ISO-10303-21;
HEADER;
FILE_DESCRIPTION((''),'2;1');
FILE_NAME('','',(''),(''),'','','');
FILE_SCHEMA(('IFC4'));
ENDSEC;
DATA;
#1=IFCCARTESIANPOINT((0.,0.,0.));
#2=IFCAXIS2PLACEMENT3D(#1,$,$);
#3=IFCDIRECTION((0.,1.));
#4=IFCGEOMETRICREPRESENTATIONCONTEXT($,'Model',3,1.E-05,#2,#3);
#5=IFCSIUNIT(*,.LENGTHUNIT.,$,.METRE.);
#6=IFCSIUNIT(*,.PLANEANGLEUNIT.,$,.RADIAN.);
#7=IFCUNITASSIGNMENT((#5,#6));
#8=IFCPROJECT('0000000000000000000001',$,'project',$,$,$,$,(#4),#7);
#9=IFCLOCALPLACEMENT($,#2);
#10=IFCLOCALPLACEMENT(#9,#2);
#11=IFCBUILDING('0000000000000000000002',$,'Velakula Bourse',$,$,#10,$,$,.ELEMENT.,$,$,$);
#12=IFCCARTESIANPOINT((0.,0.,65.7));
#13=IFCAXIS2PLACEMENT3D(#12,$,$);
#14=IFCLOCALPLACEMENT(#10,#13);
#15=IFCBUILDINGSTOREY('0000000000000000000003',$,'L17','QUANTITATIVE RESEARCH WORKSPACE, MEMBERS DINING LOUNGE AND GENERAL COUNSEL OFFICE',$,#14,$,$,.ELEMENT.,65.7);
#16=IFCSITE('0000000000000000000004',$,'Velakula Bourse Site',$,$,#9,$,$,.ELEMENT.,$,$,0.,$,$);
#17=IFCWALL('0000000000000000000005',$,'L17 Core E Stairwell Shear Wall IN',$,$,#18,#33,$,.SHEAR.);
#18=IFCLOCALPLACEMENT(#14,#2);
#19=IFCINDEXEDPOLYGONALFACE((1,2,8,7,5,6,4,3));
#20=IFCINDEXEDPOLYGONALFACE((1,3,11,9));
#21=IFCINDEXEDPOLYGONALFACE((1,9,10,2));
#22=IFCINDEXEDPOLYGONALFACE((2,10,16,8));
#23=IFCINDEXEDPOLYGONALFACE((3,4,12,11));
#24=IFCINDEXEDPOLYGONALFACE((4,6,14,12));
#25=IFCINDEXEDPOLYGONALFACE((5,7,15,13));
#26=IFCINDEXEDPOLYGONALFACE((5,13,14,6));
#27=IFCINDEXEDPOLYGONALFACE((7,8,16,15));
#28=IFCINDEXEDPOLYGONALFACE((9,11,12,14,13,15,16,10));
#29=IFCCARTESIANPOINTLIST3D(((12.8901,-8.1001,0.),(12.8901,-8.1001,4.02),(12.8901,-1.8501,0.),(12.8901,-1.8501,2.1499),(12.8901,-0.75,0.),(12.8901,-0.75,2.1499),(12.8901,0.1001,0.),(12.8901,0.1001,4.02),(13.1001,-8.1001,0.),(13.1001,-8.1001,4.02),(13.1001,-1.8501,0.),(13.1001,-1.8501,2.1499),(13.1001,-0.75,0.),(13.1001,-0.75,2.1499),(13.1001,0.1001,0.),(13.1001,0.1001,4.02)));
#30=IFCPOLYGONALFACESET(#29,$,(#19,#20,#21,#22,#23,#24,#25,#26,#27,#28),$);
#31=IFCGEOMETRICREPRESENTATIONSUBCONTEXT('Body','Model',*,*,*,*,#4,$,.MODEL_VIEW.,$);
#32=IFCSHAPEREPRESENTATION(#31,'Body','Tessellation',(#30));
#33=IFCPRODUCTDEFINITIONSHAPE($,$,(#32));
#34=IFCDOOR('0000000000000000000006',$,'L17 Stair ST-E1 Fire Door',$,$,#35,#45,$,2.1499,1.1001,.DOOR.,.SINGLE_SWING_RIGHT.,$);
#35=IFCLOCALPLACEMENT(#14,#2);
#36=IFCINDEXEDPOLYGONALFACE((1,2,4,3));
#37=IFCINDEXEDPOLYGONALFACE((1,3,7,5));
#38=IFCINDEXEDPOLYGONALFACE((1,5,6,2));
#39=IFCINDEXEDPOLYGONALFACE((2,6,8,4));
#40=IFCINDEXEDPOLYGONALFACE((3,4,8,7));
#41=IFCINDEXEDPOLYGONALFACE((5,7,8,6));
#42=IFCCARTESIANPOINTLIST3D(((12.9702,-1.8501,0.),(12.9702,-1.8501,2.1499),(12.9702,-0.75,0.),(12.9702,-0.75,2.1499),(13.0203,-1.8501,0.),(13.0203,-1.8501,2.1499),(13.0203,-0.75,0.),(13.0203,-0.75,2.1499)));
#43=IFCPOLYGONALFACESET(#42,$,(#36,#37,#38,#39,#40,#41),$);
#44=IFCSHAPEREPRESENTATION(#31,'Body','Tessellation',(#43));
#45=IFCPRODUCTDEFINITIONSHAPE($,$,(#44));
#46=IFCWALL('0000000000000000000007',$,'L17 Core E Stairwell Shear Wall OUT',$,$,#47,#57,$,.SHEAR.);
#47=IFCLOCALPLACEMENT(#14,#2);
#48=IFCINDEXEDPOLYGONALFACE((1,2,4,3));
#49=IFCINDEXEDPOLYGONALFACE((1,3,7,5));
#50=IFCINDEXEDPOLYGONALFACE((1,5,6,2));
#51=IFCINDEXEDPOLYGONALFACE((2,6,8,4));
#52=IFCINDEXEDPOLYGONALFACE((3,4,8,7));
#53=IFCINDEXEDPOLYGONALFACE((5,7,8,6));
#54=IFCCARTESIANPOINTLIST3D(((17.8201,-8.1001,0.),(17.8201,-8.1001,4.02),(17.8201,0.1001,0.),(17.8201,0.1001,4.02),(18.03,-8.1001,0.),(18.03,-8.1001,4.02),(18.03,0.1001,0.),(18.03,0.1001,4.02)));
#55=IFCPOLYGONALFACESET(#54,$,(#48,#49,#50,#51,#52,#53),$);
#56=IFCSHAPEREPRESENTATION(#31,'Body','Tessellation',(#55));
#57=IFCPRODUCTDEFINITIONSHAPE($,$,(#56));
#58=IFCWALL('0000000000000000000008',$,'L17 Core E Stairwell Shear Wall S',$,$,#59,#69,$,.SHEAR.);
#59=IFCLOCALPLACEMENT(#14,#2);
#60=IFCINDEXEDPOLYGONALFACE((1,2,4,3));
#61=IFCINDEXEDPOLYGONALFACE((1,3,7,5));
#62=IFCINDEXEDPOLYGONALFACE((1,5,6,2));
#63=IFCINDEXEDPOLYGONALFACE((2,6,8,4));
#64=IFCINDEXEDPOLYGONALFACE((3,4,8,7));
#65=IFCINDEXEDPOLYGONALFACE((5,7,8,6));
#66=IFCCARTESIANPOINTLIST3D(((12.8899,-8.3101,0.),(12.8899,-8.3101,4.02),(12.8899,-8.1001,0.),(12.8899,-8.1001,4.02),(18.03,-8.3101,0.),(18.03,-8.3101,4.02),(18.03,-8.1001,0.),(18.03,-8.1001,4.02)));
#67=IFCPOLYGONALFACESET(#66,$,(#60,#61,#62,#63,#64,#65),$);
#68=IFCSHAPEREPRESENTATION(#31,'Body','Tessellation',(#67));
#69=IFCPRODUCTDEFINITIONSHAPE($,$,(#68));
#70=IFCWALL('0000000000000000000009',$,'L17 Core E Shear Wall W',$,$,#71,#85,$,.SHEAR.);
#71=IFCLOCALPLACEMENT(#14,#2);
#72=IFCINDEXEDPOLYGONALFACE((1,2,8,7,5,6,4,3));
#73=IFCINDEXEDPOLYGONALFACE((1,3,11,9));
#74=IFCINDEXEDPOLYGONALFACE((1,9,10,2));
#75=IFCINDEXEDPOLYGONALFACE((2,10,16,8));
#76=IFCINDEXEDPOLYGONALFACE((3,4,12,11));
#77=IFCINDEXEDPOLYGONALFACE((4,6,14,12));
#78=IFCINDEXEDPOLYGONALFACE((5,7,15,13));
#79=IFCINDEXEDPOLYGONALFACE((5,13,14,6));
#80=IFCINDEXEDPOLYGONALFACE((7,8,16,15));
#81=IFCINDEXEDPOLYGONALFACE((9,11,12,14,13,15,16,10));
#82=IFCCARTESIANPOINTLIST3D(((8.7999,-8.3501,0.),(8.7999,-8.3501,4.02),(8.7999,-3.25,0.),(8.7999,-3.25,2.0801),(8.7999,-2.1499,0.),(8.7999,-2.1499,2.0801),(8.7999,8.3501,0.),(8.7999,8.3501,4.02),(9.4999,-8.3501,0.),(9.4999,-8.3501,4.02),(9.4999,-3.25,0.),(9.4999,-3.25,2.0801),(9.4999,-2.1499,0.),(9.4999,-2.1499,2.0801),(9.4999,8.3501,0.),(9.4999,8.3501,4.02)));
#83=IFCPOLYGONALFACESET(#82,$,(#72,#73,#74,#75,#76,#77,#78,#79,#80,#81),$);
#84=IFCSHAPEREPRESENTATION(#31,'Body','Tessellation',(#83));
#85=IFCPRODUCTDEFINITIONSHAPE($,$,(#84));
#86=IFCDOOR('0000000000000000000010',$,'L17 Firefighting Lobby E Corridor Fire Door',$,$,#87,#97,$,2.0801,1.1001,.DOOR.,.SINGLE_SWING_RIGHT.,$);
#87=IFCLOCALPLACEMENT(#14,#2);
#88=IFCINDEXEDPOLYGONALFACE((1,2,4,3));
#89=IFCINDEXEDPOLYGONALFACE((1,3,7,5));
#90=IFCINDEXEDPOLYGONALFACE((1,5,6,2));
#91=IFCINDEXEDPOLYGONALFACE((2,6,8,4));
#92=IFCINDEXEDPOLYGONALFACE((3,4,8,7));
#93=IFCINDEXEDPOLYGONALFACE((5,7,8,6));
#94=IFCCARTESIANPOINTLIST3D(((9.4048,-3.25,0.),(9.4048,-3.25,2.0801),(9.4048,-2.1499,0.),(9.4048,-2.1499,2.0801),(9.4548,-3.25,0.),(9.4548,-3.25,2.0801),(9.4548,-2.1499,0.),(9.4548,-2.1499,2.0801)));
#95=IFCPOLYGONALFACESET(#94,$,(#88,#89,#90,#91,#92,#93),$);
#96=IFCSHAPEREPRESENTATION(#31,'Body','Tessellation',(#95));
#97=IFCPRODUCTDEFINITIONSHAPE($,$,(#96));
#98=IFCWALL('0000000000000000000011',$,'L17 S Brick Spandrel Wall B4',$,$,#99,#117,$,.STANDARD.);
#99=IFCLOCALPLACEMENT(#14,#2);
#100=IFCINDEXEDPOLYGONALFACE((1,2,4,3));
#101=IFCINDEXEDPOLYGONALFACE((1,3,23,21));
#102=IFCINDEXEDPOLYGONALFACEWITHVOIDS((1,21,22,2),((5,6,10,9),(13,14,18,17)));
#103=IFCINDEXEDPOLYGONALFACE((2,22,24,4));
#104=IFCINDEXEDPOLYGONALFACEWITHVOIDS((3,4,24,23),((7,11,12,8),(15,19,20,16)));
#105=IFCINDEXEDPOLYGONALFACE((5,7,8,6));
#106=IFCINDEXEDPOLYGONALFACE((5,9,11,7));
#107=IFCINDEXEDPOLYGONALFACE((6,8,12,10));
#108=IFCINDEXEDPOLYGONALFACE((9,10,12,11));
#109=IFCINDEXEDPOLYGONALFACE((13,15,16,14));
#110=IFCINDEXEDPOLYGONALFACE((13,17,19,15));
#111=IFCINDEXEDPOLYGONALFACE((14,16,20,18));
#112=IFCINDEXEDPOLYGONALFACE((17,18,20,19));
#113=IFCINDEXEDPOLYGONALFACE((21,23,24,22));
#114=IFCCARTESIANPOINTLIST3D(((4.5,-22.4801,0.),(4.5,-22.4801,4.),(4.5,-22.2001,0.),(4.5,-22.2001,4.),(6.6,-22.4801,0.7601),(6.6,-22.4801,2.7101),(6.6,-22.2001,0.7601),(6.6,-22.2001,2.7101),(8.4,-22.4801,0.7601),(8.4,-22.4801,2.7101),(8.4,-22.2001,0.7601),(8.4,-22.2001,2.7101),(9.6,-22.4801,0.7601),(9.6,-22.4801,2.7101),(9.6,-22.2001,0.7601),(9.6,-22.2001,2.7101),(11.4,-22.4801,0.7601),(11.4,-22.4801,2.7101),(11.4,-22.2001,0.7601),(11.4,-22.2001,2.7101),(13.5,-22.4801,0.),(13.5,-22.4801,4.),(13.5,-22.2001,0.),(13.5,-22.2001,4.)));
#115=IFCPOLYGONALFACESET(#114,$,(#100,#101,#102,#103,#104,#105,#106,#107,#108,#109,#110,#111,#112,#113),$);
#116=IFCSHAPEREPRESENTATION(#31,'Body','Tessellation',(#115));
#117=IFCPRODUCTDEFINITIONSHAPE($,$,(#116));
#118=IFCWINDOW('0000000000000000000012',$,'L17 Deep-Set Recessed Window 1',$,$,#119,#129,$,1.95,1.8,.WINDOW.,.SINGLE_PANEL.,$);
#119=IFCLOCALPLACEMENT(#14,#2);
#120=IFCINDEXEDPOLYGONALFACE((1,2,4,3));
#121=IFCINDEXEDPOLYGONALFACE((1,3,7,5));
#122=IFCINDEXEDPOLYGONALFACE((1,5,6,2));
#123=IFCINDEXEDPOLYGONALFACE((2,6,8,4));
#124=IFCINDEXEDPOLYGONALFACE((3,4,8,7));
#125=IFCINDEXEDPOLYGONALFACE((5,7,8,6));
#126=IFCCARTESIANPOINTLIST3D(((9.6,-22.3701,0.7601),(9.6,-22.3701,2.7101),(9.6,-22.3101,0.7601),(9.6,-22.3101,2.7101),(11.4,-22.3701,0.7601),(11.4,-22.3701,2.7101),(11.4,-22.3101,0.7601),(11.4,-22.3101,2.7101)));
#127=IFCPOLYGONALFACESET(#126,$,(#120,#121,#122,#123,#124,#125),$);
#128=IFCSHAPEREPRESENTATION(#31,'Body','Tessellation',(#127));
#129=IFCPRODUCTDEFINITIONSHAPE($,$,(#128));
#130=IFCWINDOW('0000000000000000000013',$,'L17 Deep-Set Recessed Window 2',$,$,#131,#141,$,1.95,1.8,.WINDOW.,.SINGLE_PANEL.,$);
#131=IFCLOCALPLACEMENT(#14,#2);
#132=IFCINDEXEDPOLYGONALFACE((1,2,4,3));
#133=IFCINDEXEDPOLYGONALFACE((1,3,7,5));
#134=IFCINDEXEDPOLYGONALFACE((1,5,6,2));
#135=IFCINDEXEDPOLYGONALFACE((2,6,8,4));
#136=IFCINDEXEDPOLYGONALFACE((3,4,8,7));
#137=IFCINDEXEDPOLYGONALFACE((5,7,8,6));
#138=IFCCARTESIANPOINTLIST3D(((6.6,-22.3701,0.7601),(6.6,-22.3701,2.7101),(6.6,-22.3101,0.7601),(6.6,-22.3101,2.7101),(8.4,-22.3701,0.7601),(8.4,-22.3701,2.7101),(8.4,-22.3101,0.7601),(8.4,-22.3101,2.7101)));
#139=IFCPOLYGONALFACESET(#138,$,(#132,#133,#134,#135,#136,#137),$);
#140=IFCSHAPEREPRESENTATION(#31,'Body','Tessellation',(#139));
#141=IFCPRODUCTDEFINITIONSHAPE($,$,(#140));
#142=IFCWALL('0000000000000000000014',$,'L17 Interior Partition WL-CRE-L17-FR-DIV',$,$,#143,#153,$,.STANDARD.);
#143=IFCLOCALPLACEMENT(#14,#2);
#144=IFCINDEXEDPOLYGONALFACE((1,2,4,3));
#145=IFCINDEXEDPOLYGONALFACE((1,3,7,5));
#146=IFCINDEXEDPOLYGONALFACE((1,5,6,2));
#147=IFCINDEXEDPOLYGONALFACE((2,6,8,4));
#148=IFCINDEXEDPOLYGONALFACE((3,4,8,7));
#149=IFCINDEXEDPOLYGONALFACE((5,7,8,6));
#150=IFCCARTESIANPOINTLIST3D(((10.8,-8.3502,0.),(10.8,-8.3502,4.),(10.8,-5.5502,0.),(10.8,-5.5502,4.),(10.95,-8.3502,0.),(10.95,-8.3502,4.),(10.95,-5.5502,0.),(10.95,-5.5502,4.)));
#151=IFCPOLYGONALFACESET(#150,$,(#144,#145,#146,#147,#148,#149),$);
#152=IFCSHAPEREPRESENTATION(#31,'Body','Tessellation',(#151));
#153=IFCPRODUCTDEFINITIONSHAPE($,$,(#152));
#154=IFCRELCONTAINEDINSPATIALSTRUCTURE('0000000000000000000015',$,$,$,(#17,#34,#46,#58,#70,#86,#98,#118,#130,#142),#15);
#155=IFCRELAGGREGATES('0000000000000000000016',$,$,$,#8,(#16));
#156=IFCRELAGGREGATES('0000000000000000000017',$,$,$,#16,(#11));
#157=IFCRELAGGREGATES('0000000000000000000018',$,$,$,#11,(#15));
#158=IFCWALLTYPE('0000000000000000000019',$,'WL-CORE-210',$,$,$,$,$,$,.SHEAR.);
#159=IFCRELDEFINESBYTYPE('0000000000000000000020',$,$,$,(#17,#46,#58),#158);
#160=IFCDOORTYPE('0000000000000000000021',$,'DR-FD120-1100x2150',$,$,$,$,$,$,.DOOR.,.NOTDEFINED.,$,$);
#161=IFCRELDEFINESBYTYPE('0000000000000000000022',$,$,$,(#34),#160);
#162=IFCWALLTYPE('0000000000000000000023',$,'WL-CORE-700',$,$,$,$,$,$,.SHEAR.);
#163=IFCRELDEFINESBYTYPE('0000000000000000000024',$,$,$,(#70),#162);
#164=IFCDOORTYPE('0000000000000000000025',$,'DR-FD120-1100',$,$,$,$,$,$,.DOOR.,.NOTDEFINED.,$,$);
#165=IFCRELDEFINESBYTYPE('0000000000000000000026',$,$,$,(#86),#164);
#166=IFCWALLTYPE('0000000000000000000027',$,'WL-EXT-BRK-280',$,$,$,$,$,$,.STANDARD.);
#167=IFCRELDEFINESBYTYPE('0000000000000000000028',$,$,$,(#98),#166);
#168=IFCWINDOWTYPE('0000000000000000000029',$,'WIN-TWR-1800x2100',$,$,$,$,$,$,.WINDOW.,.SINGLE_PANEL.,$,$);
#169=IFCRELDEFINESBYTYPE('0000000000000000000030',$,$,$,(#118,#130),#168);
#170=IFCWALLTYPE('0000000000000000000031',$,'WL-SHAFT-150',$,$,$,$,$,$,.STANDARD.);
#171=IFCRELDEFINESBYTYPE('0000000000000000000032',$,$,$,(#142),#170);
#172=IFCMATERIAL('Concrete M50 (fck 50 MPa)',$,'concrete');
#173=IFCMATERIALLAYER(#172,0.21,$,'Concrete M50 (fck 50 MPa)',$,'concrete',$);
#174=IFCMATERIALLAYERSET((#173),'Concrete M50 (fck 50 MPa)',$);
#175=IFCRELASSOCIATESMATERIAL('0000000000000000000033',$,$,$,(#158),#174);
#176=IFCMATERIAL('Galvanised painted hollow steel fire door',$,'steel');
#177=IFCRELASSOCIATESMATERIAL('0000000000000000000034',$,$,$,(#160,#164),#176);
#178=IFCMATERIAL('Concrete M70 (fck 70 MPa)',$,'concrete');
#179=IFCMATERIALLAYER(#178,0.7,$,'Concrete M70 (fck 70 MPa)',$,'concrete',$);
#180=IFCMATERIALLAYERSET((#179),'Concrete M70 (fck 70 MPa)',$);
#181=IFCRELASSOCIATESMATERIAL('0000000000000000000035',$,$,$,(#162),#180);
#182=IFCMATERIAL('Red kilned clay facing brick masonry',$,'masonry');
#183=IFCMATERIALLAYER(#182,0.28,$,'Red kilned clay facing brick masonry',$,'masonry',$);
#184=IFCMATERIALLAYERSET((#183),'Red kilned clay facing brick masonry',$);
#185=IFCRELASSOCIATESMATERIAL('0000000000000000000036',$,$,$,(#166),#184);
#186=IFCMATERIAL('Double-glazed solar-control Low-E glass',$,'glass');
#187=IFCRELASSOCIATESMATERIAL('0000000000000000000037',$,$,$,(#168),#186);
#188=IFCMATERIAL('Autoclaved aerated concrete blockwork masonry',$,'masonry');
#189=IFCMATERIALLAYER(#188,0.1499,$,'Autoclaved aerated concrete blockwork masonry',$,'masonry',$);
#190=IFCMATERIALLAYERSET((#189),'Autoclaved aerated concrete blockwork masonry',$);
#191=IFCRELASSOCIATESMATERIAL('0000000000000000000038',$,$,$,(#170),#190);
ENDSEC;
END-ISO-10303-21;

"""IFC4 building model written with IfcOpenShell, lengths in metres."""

from ifc_helpers import new_model, si_unit, direction, frame, frame_2d, origin, place, context, subcontext, project, spatial, rectangle, extrude, material, layer, layer_set, type_object, element, fill, save


model = new_model("IFC4")

# Units and contexts
model_context = context("Model", 3, precision=1e-05, world=origin(), true_north=direction((0.0, 1.0)))
body_context = subcontext(model_context, "Body", "Model", "MODEL_VIEW")
ifc_project = project(units=[si_unit("LENGTHUNIT", "METRE"), si_unit("PLANEANGLEUNIT", "RADIAN")], contexts=[model_context])

# Site, building, storey
site_placement = place(None, origin())
site = spatial("IfcSite", under=ifc_project, at=site_placement, Name="Velakula Bourse Site", CompositionType="ELEMENT", RefElevation=0.0)
building_placement = place(site_placement, origin())
building = spatial("IfcBuilding", under=site, at=building_placement, Name="Velakula Bourse", CompositionType="ELEMENT")
storey_placement = place(building_placement, frame((0.0, 0.0, 65.7)))
storey = spatial("IfcBuildingStorey", under=building, at=storey_placement, Name="L17", Description="QUANTITATIVE RESEARCH WORKSPACE, MEMBERS DINING LOUNGE AND GENERAL COUNSEL OFFICE", CompositionType="ELEMENT", Elevation=65.7)

# Wall, opening, door
ifc_material_1 = material(Name="Concrete M50 (fck 50 MPa)", Category="concrete")
ifc_layer_1 = layer(ifc_material_1, 0.21, Name="Concrete M50 (fck 50 MPa)", Category="concrete")
ifc_layer_set_1 = layer_set([ifc_layer_1], Name="Concrete M50 (fck 50 MPa)")
wall_type_1 = type_object("IfcWallType", Name="WL-CORE-210", PredefinedType="SHEAR", material=ifc_layer_set_1)
wall_1_placement = place(storey_placement, frame((12.9951, -8.1001, 0.0), z_axis=(0.0, 0.0, 1.0), x_axis=(0.0, 1.0, 0.0)))
wall_1 = element("IfcWall", 1, at=wall_1_placement, inside=storey, type_object=wall_type_1, Name="L17 Core E Stairwell Shear Wall IN", PredefinedType="SHEAR", context=body_context, shape_type="SweptSolid", body=[
    extrude(rectangle(XDim=8.2002, YDim=0.21, at=frame_2d((4.1001, 0.0))), origin(), (0.0, 0.0, 1.0), 4.02),
])
opening_1_placement = place(wall_1_placement, frame((6.25, 0.0, 0.0)))
opening_1 = element("IfcOpeningElement", 2, at=opening_1_placement, cuts=wall_1, PredefinedType="OPENING", context=body_context, shape_type="SweptSolid", body=[
    extrude(rectangle(XDim=1.1001, YDim=2.1499, at=frame_2d((0.55, 1.075))), frame((0.0, 0.115, 0.0), z_axis=(0.0, -1.0, 0.0), x_axis=(1.0, 0.0, 0.0)), (0.0, 0.0, 1.0), 0.23),
])
ifc_material_2 = material(Name="Galvanised painted hollow steel fire door", Category="steel")
door_type_1 = type_object("IfcDoorType", Name="DR-FD120-1100x2150", OperationType="NOTDEFINED", PredefinedType="DOOR", material=ifc_material_2)
door_1_placement = place(opening_1_placement, origin())
door_1 = element("IfcDoor", 3, at=door_1_placement, inside=storey, type_object=door_type_1, Name="L17 Stair ST-E1 Fire Door", OperationType="SINGLE_SWING_RIGHT", OverallHeight=2.1499, OverallWidth=1.1001, PredefinedType="DOOR", context=body_context, shape_type="SweptSolid", body=[
    extrude(rectangle(XDim=1.1001, YDim=2.1499, at=frame_2d((0.55, 1.075))), frame((0.0, 0.0249, 0.0), z_axis=(0.0, -1.0, 0.0), x_axis=(1.0, 0.0, 0.0)), (0.0, 0.0, 1.0), 0.05),
])
fill(opening_1, door_1)

# Walls
wall_2_placement = place(storey_placement, frame((17.925, -8.1001, 0.0), z_axis=(0.0, 0.0, 1.0), x_axis=(0.0, 1.0, 0.0)))
element("IfcWall", 4, at=wall_2_placement, inside=storey, type_object=wall_type_1, Name="L17 Core E Stairwell Shear Wall OUT", PredefinedType="SHEAR", context=body_context, shape_type="SweptSolid", body=[
    extrude(rectangle(XDim=8.2002, YDim=0.21, at=frame_2d((4.1001, 0.0))), origin(), (0.0, 0.0, 1.0), 4.02),
])
wall_3_placement = place(storey_placement, frame((12.8899, -8.2051, 0.0), z_axis=(0.0, 0.0, 1.0), x_axis=(1.0, 0.0, 0.0)))
element("IfcWall", 5, at=wall_3_placement, inside=storey, type_object=wall_type_1, Name="L17 Core E Stairwell Shear Wall S", PredefinedType="SHEAR", context=body_context, shape_type="SweptSolid", body=[
    extrude(rectangle(XDim=5.1401, YDim=0.21, at=frame_2d((2.5701, 0.0))), origin(), (0.0, 0.0, 1.0), 4.02),
])

# Wall, opening, door
ifc_material_3 = material(Name="Concrete M70 (fck 70 MPa)", Category="concrete")
ifc_layer_2 = layer(ifc_material_3, 0.7, Name="Concrete M70 (fck 70 MPa)", Category="concrete")
ifc_layer_set_2 = layer_set([ifc_layer_2], Name="Concrete M70 (fck 70 MPa)")
wall_type_2 = type_object("IfcWallType", Name="WL-CORE-700", PredefinedType="SHEAR", material=ifc_layer_set_2)
wall_4_placement = place(storey_placement, frame((9.1499, -8.3501, 0.0), z_axis=(0.0, 0.0, 1.0), x_axis=(0.0, 1.0, 0.0)))
wall_4 = element("IfcWall", 6, at=wall_4_placement, inside=storey, type_object=wall_type_2, Name="L17 Core E Shear Wall W", PredefinedType="SHEAR", context=body_context, shape_type="SweptSolid", body=[
    extrude(rectangle(XDim=16.7002, YDim=0.7, at=frame_2d((8.3501, 0.0))), origin(), (0.0, 0.0, 1.0), 4.02),
])
opening_2_placement = place(wall_4_placement, frame((5.1001, 0.0, 0.0)))
opening_2 = element("IfcOpeningElement", 7, at=opening_2_placement, cuts=wall_4, PredefinedType="OPENING", context=body_context, shape_type="SweptSolid", body=[
    extrude(rectangle(XDim=1.1001, YDim=2.0801, at=frame_2d((0.55, 1.04))), frame((0.0, 0.3599, 0.0), z_axis=(0.0, -1.0, 0.0), x_axis=(1.0, 0.0, 0.0)), (0.0, 0.0, 1.0), 0.72),
])
door_type_2 = type_object("IfcDoorType", Name="DR-FD120-1100", OperationType="NOTDEFINED", PredefinedType="DOOR", material=ifc_material_2)
door_2_placement = place(opening_2_placement, origin())
door_2 = element("IfcDoor", 8, at=door_2_placement, inside=storey, type_object=door_type_2, Name="L17 Firefighting Lobby E Corridor Fire Door", OperationType="SINGLE_SWING_RIGHT", OverallHeight=2.0801, OverallWidth=1.1001, PredefinedType="DOOR", context=body_context, shape_type="SweptSolid", body=[
    extrude(rectangle(XDim=1.1001, YDim=2.0801, at=frame_2d((0.55, 1.04))), frame((0.0, -0.2549, 0.0), z_axis=(0.0, -1.0, 0.0), x_axis=(1.0, 0.0, 0.0)), (0.0, 0.0, 1.0), 0.05),
])
fill(opening_2, door_2)

# Wall, openings, windows
ifc_material_4 = material(Name="Red kilned clay facing brick masonry", Category="masonry")
ifc_layer_3 = layer(ifc_material_4, 0.28, Name="Red kilned clay facing brick masonry", Category="masonry")
ifc_layer_set_3 = layer_set([ifc_layer_3], Name="Red kilned clay facing brick masonry")
wall_type_3 = type_object("IfcWallType", Name="WL-EXT-BRK-280", PredefinedType="STANDARD", material=ifc_layer_set_3)
wall_5_placement = place(storey_placement, frame((13.5, -22.3401, 0.0), z_axis=(0.0, 0.0, 1.0), x_axis=(-1.0, 0.0, 0.0)))
wall_5 = element("IfcWall", 9, at=wall_5_placement, inside=storey, type_object=wall_type_3, Name="L17 S Brick Spandrel Wall B4", PredefinedType="STANDARD", context=body_context, shape_type="SweptSolid", body=[
    extrude(rectangle(XDim=9.0, YDim=0.28, at=frame_2d((4.5, 0.0))), origin(), (0.0, 0.0, 1.0), 4.0),
])
opening_3_placement = place(wall_5_placement, frame((2.1001, 0.0, 0.76)))
opening_3 = element("IfcOpeningElement", 10, at=opening_3_placement, cuts=wall_5, PredefinedType="OPENING", context=body_context, shape_type="SweptSolid", body=[
    extrude(rectangle(XDim=1.8, YDim=1.95, at=frame_2d((0.8999, 0.9751))), frame((0.0, 0.1499, 0.0), z_axis=(0.0, -1.0, 0.0), x_axis=(1.0, 0.0, 0.0)), (0.0, 0.0, 1.0), 0.3),
])
opening_4_placement = place(wall_5_placement, frame((5.1001, 0.0, 0.76)))
opening_4 = element("IfcOpeningElement", 11, at=opening_4_placement, cuts=wall_5, PredefinedType="OPENING", context=body_context, shape_type="SweptSolid", body=[
    extrude(rectangle(XDim=1.8, YDim=1.95, at=frame_2d((0.8999, 0.9751))), frame((0.0, 0.1499, 0.0), z_axis=(0.0, -1.0, 0.0), x_axis=(1.0, 0.0, 0.0)), (0.0, 0.0, 1.0), 0.3),
])
ifc_material_5 = material(Name="Double-glazed solar-control Low-E glass", Category="glass")
window_type = type_object("IfcWindowType", Name="WIN-TWR-1800x2100", PartitioningType="SINGLE_PANEL", PredefinedType="WINDOW", material=ifc_material_5)
window_1_placement = place(opening_3_placement, origin())
window_1 = element("IfcWindow", 12, at=window_1_placement, inside=storey, type_object=window_type, Name="L17 Deep-Set Recessed Window 1", OverallHeight=1.95, OverallWidth=1.8, PartitioningType="SINGLE_PANEL", PredefinedType="WINDOW", context=body_context, shape_type="SweptSolid", body=[
    extrude(rectangle(XDim=1.8, YDim=1.95, at=frame_2d((0.8999, 0.9751))), frame((0.0, 0.03, 0.0), z_axis=(0.0, -1.0, 0.0), x_axis=(1.0, 0.0, 0.0)), (0.0, 0.0, 1.0), 0.0601),
])
fill(opening_3, window_1)
window_2_placement = place(opening_4_placement, origin())
window_2 = element("IfcWindow", 13, at=window_2_placement, inside=storey, type_object=window_type, Name="L17 Deep-Set Recessed Window 2", OverallHeight=1.95, OverallWidth=1.8, PartitioningType="SINGLE_PANEL", PredefinedType="WINDOW", context=body_context, shape_type="SweptSolid", body=[
    extrude(rectangle(XDim=1.8, YDim=1.95, at=frame_2d((0.8999, 0.9751))), frame((0.0, 0.03, 0.0), z_axis=(0.0, -1.0, 0.0), x_axis=(1.0, 0.0, 0.0)), (0.0, 0.0, 1.0), 0.0601),
])
fill(opening_4, window_2)

# Shared definitions
ifc_material_6 = material(Name="Autoclaved aerated concrete blockwork masonry", Category="masonry")
ifc_layer_4 = layer(ifc_material_6, 0.1499, Name="Autoclaved aerated concrete blockwork masonry", Category="masonry")
ifc_layer_set_4 = layer_set([ifc_layer_4], Name="Autoclaved aerated concrete blockwork masonry")
wall_type_4 = type_object("IfcWallType", Name="WL-SHAFT-150", PredefinedType="STANDARD", material=ifc_layer_set_4)

# Wall
wall_6_placement = place(storey_placement, frame((10.875, -8.3501, 0.0), z_axis=(0.0, 0.0, 1.0), x_axis=(0.0, 1.0, 0.0)))
element("IfcWall", 14, at=wall_6_placement, inside=storey, type_object=wall_type_4, Name="L17 Interior Partition WL-CRE-L17-FR-DIV", PredefinedType="STANDARD", context=body_context, shape_type="SweptSolid", body=[
    extrude(rectangle(XDim=2.8, YDim=0.1499, at=frame_2d((1.3999, 0.0))), origin(), (0.0, 0.0, 1.0), 4.0),
])

save(model, "model.ifc")
